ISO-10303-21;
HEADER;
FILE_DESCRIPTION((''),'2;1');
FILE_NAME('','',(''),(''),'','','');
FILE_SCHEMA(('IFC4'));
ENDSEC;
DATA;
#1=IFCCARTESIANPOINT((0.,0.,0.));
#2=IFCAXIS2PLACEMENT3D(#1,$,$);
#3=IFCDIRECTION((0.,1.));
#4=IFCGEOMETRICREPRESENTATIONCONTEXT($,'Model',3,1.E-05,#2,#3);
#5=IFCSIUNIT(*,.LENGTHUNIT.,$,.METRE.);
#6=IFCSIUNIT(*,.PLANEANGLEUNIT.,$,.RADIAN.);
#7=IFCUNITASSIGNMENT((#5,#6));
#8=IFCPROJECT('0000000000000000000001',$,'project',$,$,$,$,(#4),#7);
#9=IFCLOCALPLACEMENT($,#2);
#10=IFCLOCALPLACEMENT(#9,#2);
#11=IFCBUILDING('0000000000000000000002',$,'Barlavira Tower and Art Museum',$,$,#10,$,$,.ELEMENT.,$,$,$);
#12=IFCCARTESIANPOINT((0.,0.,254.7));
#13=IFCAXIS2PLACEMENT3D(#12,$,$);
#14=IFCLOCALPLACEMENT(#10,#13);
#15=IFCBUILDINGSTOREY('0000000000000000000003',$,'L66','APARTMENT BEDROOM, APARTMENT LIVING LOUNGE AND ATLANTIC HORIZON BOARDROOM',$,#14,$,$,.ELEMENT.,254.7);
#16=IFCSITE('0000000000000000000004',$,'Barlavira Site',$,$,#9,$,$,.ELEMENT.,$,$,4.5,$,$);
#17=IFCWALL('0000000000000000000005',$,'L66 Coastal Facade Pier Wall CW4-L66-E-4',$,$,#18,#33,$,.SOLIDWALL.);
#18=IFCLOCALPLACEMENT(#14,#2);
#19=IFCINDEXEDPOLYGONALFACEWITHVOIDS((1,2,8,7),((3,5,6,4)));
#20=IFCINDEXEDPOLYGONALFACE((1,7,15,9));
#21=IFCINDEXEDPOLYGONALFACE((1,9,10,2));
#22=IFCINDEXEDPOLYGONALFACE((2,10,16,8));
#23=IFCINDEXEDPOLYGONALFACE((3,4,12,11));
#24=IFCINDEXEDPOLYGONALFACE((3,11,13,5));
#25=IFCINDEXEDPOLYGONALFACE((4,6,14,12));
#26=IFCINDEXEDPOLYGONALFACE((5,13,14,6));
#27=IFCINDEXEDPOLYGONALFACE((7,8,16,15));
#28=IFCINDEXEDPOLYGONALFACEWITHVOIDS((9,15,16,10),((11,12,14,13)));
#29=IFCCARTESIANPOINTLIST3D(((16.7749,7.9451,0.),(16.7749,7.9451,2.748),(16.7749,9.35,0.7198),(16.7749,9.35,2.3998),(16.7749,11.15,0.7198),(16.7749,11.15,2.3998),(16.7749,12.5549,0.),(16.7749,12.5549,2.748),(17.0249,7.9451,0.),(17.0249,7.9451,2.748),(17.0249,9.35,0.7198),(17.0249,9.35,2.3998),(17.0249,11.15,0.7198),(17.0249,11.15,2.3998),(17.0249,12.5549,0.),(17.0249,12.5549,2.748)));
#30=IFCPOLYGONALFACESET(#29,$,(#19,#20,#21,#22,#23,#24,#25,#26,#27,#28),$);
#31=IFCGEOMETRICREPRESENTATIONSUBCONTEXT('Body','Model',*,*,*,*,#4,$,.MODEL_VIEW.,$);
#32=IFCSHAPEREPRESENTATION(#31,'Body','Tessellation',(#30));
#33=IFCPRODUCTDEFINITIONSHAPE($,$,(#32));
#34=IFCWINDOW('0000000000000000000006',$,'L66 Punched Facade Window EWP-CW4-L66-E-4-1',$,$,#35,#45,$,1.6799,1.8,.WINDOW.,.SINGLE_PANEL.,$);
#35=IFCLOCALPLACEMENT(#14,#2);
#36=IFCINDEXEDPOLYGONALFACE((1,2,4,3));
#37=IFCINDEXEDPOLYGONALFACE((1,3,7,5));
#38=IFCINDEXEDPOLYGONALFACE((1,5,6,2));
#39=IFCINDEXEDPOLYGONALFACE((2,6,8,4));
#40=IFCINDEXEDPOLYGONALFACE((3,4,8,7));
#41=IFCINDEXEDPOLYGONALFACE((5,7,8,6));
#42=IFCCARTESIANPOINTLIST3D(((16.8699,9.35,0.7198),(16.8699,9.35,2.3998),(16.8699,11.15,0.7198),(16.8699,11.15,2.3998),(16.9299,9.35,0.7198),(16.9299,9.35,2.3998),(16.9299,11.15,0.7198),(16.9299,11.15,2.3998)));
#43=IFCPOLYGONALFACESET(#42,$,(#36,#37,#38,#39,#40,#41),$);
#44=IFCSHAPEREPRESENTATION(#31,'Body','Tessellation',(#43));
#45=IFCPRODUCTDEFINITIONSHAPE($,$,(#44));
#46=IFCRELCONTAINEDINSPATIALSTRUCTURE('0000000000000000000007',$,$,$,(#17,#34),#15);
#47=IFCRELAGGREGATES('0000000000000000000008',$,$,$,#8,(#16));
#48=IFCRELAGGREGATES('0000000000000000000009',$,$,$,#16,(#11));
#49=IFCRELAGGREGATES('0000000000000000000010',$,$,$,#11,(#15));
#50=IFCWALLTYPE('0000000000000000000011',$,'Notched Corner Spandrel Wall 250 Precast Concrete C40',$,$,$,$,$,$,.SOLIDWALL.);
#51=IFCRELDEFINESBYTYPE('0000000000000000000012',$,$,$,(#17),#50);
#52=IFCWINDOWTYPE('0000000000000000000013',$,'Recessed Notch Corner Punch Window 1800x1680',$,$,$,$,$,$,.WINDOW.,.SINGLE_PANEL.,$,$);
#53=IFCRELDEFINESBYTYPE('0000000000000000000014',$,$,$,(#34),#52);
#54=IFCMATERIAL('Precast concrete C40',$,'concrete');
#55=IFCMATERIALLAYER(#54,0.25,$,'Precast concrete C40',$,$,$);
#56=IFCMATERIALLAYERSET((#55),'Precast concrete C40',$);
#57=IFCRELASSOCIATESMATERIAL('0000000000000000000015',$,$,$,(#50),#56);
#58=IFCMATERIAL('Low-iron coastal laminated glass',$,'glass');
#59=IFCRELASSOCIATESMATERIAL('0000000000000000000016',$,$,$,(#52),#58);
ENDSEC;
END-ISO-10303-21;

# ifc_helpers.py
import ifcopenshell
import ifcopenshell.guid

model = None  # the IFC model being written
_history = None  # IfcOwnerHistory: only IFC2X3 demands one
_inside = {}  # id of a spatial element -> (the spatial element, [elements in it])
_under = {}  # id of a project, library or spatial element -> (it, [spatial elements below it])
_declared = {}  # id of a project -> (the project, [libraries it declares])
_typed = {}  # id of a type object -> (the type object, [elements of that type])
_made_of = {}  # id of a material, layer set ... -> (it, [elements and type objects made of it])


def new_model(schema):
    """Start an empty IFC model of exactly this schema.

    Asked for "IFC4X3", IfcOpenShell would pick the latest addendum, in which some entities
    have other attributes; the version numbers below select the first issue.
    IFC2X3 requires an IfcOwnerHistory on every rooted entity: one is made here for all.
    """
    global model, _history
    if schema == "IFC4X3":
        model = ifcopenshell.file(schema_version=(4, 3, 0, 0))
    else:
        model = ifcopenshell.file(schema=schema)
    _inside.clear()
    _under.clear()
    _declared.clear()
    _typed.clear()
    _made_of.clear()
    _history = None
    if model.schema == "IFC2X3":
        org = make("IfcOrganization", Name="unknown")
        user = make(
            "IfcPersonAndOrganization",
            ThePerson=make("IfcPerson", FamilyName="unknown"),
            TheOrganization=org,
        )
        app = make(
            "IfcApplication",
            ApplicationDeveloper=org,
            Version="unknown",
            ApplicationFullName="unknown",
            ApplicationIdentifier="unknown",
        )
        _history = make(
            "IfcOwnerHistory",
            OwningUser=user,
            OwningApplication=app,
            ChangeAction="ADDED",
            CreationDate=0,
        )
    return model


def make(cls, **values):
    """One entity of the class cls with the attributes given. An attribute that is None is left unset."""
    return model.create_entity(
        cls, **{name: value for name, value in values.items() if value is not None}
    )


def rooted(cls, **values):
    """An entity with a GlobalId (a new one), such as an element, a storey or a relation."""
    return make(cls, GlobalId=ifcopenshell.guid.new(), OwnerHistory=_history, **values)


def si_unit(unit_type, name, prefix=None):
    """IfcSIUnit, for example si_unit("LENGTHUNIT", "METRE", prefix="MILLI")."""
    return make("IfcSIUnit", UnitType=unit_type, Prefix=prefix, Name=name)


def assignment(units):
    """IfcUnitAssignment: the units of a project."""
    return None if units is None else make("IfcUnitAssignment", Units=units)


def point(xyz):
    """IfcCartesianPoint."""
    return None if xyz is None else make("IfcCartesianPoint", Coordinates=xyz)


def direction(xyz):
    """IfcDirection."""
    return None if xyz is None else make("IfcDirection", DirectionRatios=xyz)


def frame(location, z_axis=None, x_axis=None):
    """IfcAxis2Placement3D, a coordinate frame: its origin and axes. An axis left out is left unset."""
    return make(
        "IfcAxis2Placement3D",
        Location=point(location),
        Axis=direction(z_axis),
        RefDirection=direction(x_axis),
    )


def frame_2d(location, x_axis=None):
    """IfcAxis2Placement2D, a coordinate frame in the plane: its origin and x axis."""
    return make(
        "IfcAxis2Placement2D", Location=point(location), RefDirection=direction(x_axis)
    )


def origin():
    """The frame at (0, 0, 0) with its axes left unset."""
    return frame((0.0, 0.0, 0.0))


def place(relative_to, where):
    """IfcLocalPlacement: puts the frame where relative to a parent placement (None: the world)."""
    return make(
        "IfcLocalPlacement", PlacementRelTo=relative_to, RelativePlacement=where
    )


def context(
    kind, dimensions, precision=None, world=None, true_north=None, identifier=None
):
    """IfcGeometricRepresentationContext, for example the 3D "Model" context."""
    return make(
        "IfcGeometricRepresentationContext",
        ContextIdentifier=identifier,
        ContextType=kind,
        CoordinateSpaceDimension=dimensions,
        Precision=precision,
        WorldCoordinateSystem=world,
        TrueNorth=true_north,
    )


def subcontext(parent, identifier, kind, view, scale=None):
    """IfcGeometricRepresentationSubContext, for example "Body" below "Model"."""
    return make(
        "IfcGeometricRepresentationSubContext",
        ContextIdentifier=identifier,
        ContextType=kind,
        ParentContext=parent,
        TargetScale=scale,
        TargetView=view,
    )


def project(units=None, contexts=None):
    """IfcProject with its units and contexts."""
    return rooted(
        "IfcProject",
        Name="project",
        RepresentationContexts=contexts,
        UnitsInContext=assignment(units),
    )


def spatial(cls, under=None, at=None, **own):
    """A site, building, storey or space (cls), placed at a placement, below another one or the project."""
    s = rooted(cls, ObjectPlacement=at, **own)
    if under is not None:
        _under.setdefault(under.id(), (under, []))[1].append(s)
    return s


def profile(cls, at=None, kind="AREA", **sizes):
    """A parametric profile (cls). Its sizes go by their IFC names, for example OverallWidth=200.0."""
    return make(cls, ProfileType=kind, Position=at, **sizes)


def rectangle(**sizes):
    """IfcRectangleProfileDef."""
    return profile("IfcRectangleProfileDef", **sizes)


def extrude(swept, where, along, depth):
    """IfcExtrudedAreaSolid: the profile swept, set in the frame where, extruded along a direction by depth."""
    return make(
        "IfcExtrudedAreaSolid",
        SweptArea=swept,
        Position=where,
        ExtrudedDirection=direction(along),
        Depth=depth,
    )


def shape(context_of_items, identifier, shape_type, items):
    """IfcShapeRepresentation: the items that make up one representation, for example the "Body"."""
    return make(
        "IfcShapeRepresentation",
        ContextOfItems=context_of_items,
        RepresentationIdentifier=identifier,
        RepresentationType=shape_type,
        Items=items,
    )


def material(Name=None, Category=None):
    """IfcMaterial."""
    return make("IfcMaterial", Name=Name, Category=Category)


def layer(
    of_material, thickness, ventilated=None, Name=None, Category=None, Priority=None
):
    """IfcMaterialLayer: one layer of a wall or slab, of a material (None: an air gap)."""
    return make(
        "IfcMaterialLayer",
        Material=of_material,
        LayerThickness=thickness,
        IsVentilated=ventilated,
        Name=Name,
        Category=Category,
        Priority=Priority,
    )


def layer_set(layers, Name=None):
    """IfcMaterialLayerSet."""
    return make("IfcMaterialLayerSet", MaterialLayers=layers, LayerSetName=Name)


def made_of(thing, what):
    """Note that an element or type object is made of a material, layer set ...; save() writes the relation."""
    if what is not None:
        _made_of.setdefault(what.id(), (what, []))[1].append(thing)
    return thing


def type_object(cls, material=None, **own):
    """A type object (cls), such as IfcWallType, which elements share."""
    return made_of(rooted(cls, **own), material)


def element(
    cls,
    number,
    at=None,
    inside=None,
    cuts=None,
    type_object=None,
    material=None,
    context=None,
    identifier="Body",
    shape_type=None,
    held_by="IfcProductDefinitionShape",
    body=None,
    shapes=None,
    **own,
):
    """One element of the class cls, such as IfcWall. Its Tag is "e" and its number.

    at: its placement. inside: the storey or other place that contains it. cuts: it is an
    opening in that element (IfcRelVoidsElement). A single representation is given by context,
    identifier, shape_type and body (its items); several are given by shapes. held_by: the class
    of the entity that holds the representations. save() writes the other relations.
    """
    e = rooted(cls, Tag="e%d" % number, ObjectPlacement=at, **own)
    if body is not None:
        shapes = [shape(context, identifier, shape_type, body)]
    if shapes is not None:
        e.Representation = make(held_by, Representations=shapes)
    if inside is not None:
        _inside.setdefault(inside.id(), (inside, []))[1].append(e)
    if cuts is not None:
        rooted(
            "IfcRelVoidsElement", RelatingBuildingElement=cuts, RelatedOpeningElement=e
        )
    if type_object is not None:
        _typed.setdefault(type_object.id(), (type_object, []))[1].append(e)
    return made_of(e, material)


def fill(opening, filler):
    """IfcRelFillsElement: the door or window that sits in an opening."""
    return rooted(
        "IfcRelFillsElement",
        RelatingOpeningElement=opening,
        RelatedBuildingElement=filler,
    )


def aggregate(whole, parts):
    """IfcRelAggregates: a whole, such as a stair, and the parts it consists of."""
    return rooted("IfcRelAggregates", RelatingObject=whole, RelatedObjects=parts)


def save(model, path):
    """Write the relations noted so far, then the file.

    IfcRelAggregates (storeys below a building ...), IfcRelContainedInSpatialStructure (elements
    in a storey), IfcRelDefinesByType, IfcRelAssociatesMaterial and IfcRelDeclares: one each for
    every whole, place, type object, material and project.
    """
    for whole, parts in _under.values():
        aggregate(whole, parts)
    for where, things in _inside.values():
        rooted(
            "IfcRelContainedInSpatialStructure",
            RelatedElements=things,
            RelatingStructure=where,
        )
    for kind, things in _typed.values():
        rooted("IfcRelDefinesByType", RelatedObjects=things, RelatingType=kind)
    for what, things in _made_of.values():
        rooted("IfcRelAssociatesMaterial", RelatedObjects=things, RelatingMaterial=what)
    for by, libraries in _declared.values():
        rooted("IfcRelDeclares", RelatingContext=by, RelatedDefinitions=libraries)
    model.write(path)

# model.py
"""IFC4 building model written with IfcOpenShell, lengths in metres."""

from ifc_helpers import new_model, si_unit, direction, frame, frame_2d, origin, place, context, subcontext, project, spatial, rectangle, extrude, material, layer, layer_set, type_object, element, fill, save


model = new_model("IFC4")

# Units and contexts
model_context = context("Model", 3, precision=1e-05, world=origin(), true_north=direction((0.0, 1.0)))
body_context = subcontext(model_context, "Body", "Model", "MODEL_VIEW")
ifc_project = project(units=[si_unit("LENGTHUNIT", "METRE"), si_unit("PLANEANGLEUNIT", "RADIAN")], contexts=[model_context])

# Site, building, storey
site_placement = place(None, origin())
site = spatial("IfcSite", under=ifc_project, at=site_placement, Name="Barlavira Site", CompositionType="ELEMENT", RefElevation=4.5)
building_placement = place(site_placement, origin())
building = spatial("IfcBuilding", under=site, at=building_placement, Name="Barlavira Tower and Art Museum", CompositionType="ELEMENT")
storey_placement = place(building_placement, frame((0.0, 0.0, 254.7)))
storey = spatial("IfcBuildingStorey", under=building, at=storey_placement, Name="L66", Description="APARTMENT BEDROOM, APARTMENT LIVING LOUNGE AND ATLANTIC HORIZON BOARDROOM", CompositionType="ELEMENT", Elevation=254.7)

# Shared definitions
ifc_material_1 = material(Name="Low-iron coastal laminated glass", Category="glass")

# Wall, opening, window
ifc_material_2 = material(Name="Precast concrete C40", Category="concrete")
ifc_layer_1 = layer(ifc_material_2, 0.25, Name="Precast concrete C40")
ifc_layer_set_1 = layer_set([ifc_layer_1], Name="Precast concrete C40")
wall_type_1 = type_object("IfcWallType", Name="Notched Corner Spandrel Wall 250 Precast Concrete C40", PredefinedType="SOLIDWALL", material=ifc_layer_set_1)
wall_1_placement = place(storey_placement, frame((16.8999, 7.9451, 0.0), z_axis=(0.0, 0.0, 1.0), x_axis=(0.0, 1.0, 0.0)))
wall_1 = element("IfcWall", 1, at=wall_1_placement, inside=storey, type_object=wall_type_1, Name="L66 Coastal Facade Pier Wall CW4-L66-E-4", PredefinedType="SOLIDWALL", context=body_context, shape_type="SweptSolid", body=[
    extrude(rectangle(XDim=4.6099, YDim=0.25, at=frame_2d((2.3049, 0.0))), origin(), (0.0, 0.0, 1.0), 2.748),
])
opening_1_placement = place(wall_1_placement, frame((1.405, 0.0, 0.72)))
opening_1 = element("IfcOpeningElement", 2, at=opening_1_placement, cuts=wall_1, PredefinedType="OPENING", context=body_context, shape_type="SweptSolid", body=[
    extrude(rectangle(XDim=1.8, YDim=1.6799, at=frame_2d((0.8999, 0.8398))), frame((0.0, 0.135, 0.0), z_axis=(0.0, -1.0, 0.0), x_axis=(1.0, 0.0, 0.0)), (0.0, 0.0, 1.0), 0.27),
])
window_type = type_object("IfcWindowType", Name="Recessed Notch Corner Punch Window 1800x1680", PartitioningType="SINGLE_PANEL", PredefinedType="WINDOW", material=ifc_material_1)
window_placement = place(opening_1_placement, origin())
window = element("IfcWindow", 3, at=window_placement, inside=storey, type_object=window_type, Name="L66 Punched Facade Window EWP-CW4-L66-E-4-1", OverallHeight=1.6799, OverallWidth=1.8, PartitioningType="SINGLE_PANEL", PredefinedType="WINDOW", context=body_context, shape_type="SweptSolid", body=[
    extrude(rectangle(XDim=1.8, YDim=1.6799, at=frame_2d((0.8999, 0.8398))), frame((0.0, 0.03, 0.0), z_axis=(0.0, -1.0, 0.0), x_axis=(1.0, 0.0, 0.0)), (0.0, 0.0, 1.0), 0.0601),
])
fill(opening_1, window)

save(model, "model.ifc")
